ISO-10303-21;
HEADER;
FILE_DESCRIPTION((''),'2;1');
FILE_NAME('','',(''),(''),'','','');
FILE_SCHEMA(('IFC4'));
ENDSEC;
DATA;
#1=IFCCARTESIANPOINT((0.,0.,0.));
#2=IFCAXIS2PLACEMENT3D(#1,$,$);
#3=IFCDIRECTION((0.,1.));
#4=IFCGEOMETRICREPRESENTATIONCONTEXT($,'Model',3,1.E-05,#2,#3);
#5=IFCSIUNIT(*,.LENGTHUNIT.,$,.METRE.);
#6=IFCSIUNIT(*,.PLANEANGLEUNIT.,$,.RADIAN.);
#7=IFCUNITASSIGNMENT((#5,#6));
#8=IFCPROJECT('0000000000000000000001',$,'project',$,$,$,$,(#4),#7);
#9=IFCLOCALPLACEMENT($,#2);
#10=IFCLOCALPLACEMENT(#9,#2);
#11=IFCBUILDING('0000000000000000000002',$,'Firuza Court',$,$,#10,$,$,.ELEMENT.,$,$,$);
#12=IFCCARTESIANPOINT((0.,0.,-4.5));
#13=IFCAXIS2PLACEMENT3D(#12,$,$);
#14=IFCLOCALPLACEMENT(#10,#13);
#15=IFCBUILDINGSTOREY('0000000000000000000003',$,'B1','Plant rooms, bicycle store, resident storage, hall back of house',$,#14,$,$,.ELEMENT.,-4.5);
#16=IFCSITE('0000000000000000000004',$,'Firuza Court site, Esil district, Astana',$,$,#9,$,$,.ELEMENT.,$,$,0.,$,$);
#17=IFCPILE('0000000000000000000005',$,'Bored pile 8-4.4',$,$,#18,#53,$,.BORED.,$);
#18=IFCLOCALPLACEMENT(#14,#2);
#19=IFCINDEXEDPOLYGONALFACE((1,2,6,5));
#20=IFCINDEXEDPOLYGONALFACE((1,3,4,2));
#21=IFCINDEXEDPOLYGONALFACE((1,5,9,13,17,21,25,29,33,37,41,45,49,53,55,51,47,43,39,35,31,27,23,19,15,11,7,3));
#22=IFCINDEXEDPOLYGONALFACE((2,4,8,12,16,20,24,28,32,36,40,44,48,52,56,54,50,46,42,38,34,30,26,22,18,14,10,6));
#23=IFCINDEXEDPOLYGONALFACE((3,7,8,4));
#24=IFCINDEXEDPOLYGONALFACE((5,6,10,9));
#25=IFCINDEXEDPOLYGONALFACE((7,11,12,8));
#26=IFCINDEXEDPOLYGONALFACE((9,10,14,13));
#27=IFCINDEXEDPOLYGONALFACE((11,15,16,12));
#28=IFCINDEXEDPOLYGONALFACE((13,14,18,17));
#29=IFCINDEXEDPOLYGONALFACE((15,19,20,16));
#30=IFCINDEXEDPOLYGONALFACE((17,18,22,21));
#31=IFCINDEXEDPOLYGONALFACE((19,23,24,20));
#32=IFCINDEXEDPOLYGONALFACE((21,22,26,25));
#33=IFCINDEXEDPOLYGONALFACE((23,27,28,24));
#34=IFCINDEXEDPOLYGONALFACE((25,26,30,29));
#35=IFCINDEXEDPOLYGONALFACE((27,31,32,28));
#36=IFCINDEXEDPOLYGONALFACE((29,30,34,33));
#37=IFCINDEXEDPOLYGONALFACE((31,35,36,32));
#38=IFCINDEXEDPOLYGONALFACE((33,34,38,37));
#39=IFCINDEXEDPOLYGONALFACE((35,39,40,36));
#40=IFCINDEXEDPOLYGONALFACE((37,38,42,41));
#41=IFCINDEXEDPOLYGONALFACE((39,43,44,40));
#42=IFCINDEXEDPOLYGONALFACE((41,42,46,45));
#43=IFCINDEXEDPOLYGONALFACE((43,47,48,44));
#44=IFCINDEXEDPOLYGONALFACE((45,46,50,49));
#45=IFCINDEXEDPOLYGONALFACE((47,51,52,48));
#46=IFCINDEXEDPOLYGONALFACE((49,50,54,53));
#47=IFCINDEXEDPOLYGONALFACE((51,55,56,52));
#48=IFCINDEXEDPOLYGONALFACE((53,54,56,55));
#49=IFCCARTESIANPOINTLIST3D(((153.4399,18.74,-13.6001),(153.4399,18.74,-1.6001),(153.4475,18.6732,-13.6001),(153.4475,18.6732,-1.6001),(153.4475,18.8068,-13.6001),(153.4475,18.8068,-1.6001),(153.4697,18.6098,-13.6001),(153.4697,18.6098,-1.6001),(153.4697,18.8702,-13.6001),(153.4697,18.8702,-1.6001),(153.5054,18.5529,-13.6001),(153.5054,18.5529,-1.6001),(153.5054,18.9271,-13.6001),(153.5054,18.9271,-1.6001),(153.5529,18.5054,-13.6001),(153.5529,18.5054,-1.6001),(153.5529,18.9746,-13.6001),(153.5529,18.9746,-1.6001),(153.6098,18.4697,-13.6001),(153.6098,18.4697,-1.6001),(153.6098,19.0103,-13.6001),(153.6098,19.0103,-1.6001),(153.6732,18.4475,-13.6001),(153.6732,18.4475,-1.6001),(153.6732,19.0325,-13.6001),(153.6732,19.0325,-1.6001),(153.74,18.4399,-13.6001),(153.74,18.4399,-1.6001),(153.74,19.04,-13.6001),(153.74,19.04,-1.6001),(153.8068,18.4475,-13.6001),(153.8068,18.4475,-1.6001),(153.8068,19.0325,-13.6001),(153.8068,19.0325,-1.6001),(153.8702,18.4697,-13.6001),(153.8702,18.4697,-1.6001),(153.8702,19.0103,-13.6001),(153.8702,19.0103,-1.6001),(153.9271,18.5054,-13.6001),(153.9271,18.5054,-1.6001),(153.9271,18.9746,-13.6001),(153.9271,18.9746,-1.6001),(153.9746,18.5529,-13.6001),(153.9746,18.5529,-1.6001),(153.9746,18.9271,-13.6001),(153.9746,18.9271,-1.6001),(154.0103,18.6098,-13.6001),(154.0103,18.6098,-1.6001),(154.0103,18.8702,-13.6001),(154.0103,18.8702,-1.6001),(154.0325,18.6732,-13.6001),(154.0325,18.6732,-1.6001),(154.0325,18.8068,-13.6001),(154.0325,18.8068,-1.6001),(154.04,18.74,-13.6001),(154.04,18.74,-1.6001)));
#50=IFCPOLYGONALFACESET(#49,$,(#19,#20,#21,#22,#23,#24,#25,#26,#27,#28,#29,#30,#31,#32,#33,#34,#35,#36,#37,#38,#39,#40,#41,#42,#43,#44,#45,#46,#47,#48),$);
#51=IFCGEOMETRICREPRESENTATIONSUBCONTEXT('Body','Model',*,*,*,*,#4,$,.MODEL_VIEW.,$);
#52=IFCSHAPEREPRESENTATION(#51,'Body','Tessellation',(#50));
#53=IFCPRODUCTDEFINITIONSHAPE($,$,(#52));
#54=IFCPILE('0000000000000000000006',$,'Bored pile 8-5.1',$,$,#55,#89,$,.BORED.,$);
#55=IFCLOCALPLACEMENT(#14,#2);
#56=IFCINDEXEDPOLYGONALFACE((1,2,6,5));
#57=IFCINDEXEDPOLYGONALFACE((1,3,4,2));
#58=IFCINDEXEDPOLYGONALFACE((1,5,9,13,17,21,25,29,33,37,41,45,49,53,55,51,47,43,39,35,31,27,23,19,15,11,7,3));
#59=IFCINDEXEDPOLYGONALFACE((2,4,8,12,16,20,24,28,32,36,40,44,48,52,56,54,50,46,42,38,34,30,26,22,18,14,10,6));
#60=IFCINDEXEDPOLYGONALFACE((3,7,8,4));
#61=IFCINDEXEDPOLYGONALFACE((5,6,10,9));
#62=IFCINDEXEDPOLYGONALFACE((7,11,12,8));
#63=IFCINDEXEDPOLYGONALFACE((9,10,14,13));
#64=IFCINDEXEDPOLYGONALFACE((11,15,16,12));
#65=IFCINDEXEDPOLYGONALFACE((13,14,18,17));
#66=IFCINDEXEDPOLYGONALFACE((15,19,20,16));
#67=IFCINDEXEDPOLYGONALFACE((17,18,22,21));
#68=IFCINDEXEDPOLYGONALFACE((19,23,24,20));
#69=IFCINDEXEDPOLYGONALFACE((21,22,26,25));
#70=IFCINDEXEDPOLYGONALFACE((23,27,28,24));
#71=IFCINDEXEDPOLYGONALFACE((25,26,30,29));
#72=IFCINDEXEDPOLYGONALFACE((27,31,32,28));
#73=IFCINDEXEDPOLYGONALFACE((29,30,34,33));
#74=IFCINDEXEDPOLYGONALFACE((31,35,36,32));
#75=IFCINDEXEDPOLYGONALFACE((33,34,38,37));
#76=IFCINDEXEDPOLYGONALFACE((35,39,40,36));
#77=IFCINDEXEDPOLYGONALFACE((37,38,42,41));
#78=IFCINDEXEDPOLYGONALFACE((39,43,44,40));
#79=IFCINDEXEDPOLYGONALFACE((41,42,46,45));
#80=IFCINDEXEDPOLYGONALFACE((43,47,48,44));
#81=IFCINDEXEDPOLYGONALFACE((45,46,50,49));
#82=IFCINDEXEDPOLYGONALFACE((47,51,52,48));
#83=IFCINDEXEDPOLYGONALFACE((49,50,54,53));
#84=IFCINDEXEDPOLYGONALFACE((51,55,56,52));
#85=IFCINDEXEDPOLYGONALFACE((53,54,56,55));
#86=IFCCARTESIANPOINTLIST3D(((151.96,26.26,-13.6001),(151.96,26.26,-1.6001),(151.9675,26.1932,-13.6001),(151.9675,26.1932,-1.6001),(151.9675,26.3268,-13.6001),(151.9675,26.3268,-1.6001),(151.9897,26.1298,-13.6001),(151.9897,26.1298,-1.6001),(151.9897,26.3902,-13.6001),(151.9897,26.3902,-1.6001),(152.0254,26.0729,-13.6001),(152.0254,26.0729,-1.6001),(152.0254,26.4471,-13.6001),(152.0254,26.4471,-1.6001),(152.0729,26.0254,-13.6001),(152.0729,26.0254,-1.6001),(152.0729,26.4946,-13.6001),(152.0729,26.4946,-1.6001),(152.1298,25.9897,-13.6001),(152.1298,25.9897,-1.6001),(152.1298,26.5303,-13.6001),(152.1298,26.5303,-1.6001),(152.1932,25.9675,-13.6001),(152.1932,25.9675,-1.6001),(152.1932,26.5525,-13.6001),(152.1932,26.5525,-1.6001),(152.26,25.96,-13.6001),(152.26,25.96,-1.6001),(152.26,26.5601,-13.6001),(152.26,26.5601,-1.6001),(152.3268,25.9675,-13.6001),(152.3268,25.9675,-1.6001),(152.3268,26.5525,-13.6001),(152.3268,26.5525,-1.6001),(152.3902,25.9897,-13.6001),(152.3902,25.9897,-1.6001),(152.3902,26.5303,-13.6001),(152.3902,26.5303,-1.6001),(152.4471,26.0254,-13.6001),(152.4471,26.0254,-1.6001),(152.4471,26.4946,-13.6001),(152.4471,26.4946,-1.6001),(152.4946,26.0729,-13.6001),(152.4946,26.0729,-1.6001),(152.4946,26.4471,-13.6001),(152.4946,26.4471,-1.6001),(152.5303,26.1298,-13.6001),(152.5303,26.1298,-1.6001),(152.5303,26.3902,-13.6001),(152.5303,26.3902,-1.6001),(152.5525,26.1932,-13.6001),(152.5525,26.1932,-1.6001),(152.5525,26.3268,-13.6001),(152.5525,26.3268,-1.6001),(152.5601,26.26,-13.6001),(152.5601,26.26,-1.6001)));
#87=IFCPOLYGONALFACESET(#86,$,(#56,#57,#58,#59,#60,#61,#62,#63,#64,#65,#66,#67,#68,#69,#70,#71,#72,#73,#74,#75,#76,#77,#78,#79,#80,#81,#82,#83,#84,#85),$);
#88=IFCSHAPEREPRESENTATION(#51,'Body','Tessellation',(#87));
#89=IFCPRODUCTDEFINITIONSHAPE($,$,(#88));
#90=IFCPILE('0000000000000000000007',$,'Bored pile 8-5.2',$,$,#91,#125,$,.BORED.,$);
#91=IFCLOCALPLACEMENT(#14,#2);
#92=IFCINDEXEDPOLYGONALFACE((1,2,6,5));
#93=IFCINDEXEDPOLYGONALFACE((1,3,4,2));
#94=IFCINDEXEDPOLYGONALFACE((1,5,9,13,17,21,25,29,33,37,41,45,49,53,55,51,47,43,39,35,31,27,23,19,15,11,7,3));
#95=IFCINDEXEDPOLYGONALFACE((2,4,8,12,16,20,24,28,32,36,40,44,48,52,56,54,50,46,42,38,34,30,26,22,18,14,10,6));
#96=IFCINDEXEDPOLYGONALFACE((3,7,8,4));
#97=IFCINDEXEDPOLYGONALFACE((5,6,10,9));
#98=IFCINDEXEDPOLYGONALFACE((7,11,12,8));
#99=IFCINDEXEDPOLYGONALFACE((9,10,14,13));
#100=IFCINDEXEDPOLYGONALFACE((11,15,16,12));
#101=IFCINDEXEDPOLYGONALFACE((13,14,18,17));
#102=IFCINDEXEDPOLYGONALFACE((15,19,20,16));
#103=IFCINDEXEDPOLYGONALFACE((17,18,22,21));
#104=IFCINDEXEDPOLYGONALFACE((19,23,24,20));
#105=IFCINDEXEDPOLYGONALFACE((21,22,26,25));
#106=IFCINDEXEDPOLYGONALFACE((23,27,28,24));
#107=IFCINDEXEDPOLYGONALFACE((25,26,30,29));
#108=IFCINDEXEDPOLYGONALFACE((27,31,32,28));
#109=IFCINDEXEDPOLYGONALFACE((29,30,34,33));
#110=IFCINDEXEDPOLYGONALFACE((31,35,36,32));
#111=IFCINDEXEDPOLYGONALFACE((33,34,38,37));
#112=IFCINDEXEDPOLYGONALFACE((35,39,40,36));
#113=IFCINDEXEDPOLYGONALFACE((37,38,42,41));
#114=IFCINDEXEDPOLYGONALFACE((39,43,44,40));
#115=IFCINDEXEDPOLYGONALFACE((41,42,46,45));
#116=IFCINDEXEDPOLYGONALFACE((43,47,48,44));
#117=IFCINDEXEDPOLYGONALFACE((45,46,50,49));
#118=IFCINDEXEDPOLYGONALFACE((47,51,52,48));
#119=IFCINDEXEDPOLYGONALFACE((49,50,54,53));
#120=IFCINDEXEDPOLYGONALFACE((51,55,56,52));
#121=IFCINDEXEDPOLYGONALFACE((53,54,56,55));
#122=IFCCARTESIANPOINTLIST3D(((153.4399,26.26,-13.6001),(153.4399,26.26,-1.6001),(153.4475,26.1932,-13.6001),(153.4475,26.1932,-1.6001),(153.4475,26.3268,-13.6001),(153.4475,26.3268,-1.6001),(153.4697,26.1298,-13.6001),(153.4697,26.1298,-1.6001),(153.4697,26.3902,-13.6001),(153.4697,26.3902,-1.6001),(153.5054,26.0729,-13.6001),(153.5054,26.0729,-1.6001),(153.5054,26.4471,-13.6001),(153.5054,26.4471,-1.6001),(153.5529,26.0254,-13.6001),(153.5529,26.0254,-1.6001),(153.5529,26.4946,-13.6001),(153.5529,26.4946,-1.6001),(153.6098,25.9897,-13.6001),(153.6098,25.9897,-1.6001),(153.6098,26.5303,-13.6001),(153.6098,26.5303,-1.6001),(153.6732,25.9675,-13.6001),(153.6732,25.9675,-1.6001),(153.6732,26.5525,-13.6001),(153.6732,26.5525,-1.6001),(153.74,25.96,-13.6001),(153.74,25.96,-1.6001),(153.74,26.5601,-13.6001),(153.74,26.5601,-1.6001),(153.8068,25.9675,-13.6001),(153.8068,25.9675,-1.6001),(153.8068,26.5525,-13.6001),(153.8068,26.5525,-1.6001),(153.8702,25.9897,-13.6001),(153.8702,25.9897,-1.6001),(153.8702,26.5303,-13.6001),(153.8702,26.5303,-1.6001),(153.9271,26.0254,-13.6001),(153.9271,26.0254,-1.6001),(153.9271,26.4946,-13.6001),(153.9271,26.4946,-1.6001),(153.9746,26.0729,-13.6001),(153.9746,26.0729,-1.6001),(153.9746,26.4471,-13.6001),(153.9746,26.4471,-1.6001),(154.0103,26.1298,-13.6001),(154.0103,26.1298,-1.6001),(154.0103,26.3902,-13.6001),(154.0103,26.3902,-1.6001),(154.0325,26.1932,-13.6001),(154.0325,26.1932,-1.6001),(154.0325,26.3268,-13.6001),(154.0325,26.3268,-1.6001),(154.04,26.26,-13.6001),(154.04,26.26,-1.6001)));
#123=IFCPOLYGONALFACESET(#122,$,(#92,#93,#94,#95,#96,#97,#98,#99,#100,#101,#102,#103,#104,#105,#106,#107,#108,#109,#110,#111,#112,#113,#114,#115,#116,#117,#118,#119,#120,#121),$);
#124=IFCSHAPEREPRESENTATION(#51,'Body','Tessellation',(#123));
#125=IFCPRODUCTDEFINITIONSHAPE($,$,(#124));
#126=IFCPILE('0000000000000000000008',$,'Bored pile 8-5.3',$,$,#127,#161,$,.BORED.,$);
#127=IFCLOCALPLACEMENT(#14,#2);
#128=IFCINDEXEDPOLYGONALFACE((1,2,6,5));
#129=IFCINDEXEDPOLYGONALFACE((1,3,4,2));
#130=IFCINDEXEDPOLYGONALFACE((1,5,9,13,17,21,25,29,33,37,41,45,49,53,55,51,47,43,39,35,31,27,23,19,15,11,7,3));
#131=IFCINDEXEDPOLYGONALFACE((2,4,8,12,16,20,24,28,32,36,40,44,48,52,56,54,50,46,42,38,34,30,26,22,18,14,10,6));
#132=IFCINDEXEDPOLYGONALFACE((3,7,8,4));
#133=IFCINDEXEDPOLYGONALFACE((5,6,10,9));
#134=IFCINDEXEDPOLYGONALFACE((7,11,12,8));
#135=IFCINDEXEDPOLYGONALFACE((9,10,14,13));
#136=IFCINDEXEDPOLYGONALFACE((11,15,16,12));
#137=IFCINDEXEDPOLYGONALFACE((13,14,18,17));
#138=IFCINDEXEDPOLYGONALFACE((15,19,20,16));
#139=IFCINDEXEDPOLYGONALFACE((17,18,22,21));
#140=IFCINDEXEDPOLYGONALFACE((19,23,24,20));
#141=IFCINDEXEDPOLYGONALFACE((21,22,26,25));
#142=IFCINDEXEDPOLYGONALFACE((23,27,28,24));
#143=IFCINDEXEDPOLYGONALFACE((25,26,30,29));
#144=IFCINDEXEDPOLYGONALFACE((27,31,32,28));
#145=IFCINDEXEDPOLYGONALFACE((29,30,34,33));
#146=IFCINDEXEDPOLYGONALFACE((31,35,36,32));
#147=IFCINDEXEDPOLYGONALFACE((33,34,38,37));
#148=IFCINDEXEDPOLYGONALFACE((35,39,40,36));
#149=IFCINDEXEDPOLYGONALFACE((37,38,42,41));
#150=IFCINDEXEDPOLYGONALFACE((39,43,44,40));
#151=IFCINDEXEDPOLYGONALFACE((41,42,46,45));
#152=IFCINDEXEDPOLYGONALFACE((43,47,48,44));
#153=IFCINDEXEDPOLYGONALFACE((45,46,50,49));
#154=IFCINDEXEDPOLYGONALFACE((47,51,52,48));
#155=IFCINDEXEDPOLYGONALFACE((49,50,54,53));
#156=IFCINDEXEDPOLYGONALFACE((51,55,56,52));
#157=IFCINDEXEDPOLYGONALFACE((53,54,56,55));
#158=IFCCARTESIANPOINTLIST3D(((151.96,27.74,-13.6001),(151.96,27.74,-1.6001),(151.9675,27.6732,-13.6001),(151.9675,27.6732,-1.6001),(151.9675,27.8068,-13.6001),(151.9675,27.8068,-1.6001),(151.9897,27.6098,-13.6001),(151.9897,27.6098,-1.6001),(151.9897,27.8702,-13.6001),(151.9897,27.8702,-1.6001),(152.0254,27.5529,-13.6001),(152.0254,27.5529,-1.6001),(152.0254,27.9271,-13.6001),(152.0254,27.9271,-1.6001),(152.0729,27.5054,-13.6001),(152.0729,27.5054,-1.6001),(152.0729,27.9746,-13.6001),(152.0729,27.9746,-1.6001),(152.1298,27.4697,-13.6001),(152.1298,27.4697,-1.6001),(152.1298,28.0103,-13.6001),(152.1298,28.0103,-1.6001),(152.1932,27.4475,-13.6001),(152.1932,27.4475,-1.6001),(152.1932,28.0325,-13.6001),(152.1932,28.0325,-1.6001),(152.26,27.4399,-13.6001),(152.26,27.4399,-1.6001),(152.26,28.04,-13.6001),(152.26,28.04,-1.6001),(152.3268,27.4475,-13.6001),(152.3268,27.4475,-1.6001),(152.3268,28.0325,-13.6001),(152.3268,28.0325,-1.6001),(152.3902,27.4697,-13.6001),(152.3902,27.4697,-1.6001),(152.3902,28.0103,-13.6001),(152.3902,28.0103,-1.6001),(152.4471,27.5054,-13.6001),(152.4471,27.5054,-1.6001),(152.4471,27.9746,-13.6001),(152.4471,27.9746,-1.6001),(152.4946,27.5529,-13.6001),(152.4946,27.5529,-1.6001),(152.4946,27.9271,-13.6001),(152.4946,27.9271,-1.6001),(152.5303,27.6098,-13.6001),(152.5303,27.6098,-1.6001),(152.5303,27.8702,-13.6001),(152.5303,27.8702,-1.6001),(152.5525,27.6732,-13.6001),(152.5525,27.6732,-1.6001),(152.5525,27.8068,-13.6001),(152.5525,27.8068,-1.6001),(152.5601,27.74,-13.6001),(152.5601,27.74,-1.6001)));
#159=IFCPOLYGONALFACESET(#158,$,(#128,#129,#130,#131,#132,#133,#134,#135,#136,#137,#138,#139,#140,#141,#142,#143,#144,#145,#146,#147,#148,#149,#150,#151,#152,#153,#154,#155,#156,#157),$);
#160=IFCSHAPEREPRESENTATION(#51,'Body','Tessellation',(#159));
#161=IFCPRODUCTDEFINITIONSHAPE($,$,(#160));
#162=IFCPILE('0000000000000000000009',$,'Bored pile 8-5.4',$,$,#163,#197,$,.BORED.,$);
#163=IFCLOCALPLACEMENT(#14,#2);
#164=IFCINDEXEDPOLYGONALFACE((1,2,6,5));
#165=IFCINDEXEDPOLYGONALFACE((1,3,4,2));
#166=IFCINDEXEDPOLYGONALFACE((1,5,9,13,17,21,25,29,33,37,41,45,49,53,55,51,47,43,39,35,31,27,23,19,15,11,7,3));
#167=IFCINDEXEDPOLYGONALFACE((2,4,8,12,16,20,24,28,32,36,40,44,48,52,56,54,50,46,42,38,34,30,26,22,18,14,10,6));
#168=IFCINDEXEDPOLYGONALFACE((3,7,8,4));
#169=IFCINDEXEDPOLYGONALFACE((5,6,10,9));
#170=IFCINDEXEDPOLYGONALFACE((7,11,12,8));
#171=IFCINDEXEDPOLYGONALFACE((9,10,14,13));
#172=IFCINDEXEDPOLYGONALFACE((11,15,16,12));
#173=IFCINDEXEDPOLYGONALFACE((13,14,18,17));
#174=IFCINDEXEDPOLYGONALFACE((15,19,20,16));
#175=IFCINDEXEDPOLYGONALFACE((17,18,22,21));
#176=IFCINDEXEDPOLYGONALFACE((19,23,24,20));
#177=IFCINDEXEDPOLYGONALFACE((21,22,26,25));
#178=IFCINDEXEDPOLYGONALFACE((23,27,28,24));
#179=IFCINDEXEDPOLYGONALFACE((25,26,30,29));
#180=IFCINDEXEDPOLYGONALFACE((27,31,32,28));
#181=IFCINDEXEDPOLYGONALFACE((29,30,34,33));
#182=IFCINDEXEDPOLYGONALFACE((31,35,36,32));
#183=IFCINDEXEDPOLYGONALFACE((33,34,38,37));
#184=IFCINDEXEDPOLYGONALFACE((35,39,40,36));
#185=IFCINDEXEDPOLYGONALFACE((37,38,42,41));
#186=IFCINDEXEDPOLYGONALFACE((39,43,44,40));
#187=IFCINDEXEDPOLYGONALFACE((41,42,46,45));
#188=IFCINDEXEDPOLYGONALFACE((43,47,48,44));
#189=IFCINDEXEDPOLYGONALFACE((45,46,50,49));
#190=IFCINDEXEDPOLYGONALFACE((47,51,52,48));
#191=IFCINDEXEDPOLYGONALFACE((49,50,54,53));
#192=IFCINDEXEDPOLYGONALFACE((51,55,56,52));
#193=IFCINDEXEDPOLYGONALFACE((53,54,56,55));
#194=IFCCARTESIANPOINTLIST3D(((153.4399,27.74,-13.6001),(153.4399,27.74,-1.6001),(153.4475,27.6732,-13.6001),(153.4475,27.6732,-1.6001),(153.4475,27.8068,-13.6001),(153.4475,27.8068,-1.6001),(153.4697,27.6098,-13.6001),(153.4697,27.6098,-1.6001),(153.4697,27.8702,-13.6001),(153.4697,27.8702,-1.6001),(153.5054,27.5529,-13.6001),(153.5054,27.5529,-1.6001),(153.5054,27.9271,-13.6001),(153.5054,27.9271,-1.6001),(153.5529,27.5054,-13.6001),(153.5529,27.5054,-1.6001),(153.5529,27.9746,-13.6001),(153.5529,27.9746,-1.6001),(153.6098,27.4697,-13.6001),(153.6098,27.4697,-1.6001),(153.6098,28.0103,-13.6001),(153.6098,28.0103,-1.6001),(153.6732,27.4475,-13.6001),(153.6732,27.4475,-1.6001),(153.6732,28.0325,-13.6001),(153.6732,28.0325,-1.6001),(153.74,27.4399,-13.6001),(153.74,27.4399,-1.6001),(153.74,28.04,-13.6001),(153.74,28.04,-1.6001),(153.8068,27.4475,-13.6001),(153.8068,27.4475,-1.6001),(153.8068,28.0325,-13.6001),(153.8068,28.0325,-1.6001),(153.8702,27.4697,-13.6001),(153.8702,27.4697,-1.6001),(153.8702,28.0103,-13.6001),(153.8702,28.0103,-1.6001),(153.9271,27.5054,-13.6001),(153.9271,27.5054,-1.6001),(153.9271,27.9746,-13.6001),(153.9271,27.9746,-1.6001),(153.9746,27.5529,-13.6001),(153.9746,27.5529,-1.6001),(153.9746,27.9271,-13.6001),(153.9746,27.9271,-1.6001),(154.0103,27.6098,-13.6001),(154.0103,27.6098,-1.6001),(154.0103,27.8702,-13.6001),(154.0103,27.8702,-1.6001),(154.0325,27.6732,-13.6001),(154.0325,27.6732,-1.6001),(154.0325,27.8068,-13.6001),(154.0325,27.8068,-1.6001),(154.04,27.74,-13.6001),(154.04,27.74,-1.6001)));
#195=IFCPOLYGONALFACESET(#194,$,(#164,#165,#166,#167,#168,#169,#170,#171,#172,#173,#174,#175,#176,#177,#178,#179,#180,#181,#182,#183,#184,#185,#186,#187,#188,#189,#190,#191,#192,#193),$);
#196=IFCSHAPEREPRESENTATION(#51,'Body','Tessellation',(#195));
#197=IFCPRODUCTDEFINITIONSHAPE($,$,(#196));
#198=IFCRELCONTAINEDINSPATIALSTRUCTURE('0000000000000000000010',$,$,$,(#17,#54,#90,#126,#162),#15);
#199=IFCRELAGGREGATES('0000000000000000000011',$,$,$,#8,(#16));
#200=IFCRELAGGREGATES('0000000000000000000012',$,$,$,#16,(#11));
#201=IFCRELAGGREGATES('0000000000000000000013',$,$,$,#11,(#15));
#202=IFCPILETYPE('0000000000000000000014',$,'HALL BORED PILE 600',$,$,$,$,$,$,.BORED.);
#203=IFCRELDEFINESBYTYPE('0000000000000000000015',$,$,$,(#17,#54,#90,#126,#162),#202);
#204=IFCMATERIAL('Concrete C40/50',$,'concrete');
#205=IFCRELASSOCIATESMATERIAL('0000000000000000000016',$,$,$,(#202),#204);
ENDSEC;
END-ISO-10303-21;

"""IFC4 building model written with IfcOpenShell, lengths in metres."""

from ifc_helpers import new_model, si_unit, direction, frame, origin, origin_2d, place, context, subcontext, project, spatial, circle, extrude, material, material_profile, profile_set, type_object, element, save


model = new_model("IFC4")

# Units and contexts
model_context = context("Model", 3, precision=1e-05, world=origin(), true_north=direction((0.0, 1.0)))
body_context = subcontext(model_context, "Body", "Model", "MODEL_VIEW")
ifc_project = project(units=[si_unit("LENGTHUNIT", "METRE"), si_unit("PLANEANGLEUNIT", "RADIAN")], contexts=[model_context])

# Site, building, storey
site_placement = place(None, origin())
site = spatial("IfcSite", under=ifc_project, at=site_placement, Name="Firuza Court site, Esil district, Astana", CompositionType="ELEMENT", RefElevation=0.0)
building_placement = place(site_placement, origin())
building = spatial("IfcBuilding", under=site, at=building_placement, Name="Firuza Court", CompositionType="ELEMENT")
storey_placement = place(building_placement, frame((0.0, 0.0, -4.5)))
storey = spatial("IfcBuildingStorey", under=building, at=storey_placement, Name="B1", Description="Plant rooms, bicycle store, resident storage, hall back of house", CompositionType="ELEMENT", Elevation=-4.5)

# Piles
ifc_material_1 = material(Name="Concrete C40/50", Category="concrete")
ifc_material_profile_1 = material_profile(ifc_material_1, circle(Radius=0.3, at=origin_2d()), Name="PILE 600")
ifc_profile_set_1 = profile_set([ifc_material_profile_1], Name="Concrete C40/50")
pile_type = type_object("IfcPileType", Name="HALL BORED PILE 600", PredefinedType="BORED", material=ifc_profile_set_1)
for number, where, z_axis, x_axis, name in (
    (1, (153.74, 18.74, -1.6001), (0.0, 0.0, -1.0), (1.0, 0.0, 0.0), "Bored pile 8-4.4"),
    (2, (152.26, 26.26, -1.6001), (0.0, 0.0, -1.0), (1.0, 0.0, 0.0), "Bored pile 8-5.1"),
    (3, (153.74, 26.26, -1.6001), (0.0, 0.0, -1.0), (1.0, 0.0, 0.0), "Bored pile 8-5.2"),
    (4, (152.26, 27.74, -1.6001), (0.0, 0.0, -1.0), (1.0, 0.0, 0.0), "Bored pile 8-5.3"),
    (5, (153.74, 27.74, -1.6001), (0.0, 0.0, -1.0), (1.0, 0.0, 0.0), "Bored pile 8-5.4"),
):
    element("IfcPile", number, at=place(storey_placement, frame(where, z_axis=z_axis, x_axis=x_axis)), inside=storey, type_object=pile_type, Name=name, PredefinedType="BORED", context=body_context, shape_type="SweptSolid", body=[
        extrude(circle(Radius=0.3, at=origin_2d()), origin(), (0.0, 0.0, 1.0), 12.0),
    ])

save(model, "model.ifc")
